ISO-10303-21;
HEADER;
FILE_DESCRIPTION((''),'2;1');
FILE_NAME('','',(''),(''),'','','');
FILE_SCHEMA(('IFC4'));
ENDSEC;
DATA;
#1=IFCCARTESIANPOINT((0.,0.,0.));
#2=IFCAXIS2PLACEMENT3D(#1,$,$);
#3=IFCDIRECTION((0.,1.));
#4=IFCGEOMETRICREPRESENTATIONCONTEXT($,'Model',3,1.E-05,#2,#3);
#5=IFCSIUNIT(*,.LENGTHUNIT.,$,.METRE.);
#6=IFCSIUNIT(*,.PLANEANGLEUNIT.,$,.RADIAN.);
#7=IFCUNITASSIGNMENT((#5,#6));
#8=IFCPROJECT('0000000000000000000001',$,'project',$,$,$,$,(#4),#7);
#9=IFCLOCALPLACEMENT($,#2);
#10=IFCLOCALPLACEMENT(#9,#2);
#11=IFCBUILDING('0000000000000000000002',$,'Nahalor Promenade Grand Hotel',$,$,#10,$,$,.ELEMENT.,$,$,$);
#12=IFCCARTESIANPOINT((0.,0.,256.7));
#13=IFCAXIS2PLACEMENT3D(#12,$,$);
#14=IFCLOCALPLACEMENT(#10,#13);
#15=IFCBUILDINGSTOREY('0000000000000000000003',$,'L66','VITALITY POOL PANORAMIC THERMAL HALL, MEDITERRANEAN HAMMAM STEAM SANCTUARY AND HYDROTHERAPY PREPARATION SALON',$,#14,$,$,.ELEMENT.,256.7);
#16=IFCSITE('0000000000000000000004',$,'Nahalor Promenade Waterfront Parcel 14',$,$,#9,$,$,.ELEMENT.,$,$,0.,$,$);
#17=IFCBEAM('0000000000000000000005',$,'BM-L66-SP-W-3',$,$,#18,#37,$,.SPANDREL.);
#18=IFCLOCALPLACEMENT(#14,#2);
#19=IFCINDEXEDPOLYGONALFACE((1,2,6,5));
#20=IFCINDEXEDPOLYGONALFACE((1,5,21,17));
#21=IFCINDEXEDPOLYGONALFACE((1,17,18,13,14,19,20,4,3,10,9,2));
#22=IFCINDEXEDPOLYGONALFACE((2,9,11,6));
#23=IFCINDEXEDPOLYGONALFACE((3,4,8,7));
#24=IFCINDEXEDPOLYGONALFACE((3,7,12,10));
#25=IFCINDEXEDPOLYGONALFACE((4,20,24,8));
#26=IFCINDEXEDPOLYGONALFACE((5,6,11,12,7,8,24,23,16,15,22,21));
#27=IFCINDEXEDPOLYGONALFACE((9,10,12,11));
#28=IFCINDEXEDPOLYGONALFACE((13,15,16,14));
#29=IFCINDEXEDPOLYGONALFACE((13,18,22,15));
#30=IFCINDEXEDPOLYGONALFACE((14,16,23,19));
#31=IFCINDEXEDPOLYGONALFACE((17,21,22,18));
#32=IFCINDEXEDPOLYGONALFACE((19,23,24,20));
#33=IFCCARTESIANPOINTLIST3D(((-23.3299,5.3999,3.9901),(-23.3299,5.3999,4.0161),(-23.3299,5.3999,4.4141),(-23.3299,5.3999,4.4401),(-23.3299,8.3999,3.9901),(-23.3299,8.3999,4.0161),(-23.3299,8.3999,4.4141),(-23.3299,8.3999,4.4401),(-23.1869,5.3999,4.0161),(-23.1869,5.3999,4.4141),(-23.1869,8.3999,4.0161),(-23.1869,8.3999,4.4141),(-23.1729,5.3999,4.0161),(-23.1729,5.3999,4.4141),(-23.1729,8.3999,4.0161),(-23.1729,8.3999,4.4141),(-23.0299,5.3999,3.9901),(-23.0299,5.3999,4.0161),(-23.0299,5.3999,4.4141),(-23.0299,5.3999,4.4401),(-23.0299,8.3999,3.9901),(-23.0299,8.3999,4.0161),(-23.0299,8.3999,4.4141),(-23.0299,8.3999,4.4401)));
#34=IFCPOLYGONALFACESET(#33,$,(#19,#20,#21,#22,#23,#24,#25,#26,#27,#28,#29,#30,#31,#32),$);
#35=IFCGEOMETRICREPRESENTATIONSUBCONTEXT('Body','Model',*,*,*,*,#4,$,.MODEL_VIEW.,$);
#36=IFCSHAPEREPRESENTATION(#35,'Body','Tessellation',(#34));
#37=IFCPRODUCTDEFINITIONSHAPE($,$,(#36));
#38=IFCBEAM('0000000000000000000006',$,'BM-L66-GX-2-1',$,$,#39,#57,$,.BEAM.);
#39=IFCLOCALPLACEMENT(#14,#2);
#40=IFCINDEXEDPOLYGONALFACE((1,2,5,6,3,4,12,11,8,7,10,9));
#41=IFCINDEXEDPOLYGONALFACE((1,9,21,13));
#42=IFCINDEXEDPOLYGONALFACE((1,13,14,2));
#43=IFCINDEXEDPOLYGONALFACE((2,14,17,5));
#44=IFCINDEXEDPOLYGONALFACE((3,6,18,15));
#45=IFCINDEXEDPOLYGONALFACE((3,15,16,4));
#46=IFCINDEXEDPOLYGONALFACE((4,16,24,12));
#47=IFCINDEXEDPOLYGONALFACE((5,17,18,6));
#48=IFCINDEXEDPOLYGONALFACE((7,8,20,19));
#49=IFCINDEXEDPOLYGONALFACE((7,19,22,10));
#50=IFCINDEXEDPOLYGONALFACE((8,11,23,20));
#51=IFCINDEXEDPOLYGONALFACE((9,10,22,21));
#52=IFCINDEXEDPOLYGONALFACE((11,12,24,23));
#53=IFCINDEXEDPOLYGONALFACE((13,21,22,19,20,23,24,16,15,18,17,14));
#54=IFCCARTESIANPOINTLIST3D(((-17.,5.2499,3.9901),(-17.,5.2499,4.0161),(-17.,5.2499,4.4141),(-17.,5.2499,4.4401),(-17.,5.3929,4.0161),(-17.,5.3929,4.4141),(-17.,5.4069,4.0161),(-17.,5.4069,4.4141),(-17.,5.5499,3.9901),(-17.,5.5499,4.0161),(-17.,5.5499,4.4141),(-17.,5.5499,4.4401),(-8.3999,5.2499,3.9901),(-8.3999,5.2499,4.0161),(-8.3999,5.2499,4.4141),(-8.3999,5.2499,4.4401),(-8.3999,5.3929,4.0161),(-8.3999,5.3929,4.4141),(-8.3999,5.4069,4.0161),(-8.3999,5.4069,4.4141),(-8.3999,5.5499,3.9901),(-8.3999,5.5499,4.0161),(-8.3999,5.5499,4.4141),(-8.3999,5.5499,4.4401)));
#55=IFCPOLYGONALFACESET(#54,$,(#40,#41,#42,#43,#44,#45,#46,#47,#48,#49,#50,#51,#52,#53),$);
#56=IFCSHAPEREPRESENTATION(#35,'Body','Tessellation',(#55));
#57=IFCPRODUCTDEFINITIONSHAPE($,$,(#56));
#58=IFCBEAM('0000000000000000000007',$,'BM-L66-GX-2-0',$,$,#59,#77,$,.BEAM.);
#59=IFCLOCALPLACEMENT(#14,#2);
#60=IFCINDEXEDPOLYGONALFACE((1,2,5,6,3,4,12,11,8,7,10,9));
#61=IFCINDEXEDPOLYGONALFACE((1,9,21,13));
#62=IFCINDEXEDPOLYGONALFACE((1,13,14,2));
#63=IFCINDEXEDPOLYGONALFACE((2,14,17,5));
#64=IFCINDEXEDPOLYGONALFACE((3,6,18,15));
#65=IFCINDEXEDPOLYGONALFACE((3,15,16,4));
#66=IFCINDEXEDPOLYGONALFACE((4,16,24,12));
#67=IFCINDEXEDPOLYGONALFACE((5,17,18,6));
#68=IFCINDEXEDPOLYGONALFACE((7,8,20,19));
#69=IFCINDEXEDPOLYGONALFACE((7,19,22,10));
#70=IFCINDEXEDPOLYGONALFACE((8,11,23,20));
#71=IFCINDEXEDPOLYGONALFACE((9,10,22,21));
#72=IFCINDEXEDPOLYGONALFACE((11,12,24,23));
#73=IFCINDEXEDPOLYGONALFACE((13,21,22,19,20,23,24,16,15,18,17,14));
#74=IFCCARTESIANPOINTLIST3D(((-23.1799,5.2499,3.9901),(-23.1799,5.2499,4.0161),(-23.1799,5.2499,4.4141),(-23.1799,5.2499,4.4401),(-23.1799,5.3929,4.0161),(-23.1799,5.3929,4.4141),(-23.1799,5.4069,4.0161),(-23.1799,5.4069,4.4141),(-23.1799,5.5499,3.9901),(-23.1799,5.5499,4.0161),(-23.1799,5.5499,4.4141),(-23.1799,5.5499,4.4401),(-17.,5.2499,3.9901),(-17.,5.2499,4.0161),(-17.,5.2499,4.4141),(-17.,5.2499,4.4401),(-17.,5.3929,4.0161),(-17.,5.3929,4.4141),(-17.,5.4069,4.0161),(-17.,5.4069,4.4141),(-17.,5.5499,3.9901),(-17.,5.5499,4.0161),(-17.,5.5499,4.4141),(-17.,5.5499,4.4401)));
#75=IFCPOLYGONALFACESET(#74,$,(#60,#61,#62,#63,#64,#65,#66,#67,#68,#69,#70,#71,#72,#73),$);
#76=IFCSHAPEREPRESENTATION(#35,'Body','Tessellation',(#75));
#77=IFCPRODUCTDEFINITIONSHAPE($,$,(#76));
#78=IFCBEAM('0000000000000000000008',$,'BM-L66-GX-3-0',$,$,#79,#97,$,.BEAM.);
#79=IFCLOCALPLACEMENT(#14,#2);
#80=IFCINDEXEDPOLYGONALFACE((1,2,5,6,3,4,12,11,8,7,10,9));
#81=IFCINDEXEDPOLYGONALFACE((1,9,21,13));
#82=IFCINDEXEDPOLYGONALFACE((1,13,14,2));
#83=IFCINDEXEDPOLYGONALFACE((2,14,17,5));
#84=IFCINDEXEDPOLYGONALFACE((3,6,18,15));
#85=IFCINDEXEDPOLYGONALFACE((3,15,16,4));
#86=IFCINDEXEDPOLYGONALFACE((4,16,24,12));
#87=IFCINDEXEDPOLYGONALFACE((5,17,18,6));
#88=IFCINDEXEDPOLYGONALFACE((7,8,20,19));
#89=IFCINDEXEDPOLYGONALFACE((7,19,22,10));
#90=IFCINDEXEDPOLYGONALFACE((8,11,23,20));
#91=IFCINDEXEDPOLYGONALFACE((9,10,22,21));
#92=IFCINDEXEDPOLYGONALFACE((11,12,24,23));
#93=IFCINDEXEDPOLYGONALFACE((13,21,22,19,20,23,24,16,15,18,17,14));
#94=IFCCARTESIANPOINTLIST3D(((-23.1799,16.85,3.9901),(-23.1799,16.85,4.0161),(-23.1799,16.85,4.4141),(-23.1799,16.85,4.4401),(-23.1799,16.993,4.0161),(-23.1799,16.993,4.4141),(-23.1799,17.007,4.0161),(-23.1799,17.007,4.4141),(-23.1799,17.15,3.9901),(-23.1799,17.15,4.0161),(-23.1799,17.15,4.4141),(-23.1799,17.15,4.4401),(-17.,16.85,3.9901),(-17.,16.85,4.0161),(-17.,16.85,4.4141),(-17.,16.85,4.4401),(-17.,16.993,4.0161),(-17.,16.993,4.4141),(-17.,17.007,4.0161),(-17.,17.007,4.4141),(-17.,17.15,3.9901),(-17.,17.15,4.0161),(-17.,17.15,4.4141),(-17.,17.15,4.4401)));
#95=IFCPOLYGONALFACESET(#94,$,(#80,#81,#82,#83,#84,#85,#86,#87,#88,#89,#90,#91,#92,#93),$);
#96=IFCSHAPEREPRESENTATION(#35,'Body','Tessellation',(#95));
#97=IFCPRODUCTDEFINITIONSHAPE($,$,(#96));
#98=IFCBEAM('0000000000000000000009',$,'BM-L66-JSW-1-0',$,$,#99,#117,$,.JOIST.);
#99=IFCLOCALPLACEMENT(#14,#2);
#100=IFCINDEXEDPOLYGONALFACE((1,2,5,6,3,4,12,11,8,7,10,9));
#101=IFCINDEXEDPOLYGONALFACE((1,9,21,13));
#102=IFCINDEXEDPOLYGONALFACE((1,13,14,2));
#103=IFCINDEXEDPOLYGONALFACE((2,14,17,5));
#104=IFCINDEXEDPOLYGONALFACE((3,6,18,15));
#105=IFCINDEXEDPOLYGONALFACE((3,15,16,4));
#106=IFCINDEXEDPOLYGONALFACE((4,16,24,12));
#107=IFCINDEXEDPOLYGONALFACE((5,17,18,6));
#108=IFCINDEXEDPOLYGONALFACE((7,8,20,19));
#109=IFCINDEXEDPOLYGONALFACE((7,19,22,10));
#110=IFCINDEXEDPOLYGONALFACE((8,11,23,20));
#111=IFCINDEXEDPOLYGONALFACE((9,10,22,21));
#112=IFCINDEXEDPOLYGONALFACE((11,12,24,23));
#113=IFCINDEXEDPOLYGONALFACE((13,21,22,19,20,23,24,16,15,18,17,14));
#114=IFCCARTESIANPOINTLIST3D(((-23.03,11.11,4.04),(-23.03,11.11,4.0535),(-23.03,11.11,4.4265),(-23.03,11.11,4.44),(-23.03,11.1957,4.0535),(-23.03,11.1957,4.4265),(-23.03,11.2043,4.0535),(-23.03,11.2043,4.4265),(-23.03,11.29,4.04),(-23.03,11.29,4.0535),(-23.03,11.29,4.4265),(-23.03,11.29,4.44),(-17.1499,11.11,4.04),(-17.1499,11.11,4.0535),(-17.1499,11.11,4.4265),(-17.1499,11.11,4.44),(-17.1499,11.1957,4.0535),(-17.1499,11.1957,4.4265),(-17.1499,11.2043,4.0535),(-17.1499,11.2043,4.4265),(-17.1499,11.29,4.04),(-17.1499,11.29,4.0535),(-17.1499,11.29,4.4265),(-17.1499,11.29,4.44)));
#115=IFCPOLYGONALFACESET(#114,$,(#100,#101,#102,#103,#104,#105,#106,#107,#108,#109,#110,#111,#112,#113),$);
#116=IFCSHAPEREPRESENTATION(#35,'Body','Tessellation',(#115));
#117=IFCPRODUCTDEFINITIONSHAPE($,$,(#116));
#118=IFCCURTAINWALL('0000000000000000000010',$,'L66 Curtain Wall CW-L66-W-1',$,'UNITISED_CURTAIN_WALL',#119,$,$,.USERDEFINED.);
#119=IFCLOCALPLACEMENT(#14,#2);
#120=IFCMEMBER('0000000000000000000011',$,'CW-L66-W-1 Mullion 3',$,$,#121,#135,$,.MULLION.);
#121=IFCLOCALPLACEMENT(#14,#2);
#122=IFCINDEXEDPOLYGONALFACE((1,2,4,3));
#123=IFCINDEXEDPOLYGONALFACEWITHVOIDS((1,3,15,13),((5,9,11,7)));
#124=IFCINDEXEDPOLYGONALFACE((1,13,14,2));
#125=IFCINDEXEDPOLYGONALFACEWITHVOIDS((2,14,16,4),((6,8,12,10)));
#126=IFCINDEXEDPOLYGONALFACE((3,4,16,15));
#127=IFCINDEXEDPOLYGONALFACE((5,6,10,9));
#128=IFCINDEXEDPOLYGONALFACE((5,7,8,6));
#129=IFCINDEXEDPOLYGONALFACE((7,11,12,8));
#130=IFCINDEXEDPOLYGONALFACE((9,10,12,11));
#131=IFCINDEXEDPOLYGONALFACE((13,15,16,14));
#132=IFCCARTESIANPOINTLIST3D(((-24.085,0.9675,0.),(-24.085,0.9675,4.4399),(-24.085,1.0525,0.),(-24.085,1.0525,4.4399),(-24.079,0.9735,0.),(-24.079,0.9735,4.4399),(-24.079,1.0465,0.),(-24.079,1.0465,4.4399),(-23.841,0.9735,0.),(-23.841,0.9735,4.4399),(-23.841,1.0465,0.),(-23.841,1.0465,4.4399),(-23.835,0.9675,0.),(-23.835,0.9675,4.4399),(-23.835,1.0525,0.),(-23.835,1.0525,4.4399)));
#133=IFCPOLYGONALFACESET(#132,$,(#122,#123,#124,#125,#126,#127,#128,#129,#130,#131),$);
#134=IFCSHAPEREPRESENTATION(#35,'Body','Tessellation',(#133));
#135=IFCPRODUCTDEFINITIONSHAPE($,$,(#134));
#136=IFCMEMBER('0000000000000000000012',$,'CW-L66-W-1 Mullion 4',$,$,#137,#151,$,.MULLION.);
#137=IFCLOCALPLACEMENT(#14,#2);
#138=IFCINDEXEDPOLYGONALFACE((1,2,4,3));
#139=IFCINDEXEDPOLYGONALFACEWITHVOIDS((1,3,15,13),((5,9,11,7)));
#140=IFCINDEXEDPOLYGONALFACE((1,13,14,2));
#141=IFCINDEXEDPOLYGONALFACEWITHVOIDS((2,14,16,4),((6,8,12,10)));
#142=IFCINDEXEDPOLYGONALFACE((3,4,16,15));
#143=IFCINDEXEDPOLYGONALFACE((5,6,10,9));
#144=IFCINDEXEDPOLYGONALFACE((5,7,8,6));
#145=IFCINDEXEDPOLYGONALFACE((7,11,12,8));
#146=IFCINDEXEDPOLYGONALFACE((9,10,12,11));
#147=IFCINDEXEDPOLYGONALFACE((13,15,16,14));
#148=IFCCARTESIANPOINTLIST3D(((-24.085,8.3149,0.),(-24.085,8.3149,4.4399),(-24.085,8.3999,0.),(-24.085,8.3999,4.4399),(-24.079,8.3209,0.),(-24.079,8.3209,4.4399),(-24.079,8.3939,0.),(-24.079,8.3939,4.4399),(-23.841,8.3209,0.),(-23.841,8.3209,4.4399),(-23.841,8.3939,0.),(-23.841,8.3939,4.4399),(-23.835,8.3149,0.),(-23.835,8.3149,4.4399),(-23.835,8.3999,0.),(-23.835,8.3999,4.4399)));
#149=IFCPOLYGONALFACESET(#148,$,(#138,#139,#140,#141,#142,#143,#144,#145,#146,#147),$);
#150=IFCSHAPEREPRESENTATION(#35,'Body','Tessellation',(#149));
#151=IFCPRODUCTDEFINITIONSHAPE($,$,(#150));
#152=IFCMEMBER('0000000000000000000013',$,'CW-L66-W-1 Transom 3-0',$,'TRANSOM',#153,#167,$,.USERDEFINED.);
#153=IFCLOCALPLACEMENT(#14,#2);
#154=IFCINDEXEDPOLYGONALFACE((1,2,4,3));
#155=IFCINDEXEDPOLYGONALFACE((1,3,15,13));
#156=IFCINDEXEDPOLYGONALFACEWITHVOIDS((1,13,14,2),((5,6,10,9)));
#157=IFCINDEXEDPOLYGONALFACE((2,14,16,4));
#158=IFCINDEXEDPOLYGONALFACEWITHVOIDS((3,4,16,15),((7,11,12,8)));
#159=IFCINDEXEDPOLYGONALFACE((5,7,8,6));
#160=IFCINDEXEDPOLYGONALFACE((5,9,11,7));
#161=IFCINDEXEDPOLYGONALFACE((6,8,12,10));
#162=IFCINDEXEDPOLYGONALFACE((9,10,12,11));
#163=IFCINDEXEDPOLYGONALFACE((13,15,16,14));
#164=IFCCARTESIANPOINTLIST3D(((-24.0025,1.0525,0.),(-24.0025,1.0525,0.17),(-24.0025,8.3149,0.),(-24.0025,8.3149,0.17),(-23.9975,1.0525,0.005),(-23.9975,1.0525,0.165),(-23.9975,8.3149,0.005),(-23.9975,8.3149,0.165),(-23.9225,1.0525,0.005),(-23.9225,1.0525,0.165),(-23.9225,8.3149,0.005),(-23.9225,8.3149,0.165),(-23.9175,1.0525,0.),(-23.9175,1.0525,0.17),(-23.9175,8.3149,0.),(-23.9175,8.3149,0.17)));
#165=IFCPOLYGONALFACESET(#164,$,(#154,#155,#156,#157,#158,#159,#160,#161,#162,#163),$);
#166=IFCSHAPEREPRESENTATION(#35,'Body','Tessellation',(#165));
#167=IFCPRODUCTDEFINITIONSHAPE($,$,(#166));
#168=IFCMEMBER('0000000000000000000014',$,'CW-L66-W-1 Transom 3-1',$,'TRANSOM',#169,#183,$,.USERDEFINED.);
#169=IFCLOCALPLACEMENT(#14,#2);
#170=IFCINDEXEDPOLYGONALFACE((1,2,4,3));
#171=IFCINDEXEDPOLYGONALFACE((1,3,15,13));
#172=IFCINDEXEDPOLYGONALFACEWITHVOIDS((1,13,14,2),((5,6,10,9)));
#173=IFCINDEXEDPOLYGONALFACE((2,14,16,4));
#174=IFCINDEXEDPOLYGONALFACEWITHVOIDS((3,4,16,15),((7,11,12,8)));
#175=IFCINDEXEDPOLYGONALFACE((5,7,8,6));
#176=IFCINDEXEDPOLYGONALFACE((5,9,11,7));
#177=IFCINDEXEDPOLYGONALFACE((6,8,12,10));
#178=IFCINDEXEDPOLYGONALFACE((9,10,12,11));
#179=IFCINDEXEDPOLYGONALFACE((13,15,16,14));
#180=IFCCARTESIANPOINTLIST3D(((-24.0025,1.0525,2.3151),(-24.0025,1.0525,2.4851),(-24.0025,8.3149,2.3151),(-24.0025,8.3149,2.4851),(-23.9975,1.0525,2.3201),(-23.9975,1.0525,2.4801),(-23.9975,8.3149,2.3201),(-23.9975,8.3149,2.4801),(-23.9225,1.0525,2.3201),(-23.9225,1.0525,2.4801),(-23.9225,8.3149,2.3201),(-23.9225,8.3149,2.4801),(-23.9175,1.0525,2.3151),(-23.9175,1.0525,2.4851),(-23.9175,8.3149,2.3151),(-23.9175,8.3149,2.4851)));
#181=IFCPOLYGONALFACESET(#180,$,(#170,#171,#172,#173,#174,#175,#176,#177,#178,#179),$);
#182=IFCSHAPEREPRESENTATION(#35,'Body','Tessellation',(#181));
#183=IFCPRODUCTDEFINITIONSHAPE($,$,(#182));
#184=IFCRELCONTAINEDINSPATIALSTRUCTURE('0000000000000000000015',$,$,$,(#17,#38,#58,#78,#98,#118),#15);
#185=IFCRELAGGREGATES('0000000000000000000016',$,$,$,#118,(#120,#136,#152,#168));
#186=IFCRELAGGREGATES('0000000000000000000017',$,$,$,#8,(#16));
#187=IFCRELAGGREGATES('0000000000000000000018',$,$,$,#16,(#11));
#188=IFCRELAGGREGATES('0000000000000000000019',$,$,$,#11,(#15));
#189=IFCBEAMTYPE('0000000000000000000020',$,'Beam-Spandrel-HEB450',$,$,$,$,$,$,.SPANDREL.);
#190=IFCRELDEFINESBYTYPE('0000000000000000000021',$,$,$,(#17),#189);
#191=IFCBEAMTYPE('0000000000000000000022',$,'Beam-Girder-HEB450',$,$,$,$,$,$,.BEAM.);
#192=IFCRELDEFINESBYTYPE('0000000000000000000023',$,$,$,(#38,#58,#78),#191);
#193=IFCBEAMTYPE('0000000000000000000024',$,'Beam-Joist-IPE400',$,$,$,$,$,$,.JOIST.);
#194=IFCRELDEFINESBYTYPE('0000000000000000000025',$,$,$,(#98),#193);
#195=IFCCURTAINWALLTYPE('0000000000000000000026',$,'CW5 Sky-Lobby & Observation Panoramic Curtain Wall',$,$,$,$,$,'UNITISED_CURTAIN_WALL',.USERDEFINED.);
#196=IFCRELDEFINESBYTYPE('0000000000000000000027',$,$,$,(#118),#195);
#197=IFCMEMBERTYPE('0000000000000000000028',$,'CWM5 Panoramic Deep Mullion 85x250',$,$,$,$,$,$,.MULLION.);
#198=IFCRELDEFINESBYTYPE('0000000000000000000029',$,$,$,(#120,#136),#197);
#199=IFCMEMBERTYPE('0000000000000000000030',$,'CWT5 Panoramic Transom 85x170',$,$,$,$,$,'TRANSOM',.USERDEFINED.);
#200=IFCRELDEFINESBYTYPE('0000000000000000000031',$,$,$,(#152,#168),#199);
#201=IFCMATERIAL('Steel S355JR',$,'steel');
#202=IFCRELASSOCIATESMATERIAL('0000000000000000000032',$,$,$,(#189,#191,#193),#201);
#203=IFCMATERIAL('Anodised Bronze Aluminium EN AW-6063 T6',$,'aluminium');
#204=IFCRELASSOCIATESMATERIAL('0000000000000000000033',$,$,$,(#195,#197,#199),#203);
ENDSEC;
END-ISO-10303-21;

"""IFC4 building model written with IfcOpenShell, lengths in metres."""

from ifc_helpers import new_model, si_unit, direction, frame, origin, origin_2d, place, context, subcontext, project, spatial, hollow_rectangle, i_section, extrude, source, transform, mapped, material, material_profile, profile_set, type_object, element, aggregate, save


model = new_model("IFC4")

# Units and contexts
model_context = context("Model", 3, precision=1e-05, world=origin(), true_north=direction((0.0, 1.0)))
body_context = subcontext(model_context, "Body", "Model", "MODEL_VIEW")
ifc_project = project(units=[si_unit("LENGTHUNIT", "METRE"), si_unit("PLANEANGLEUNIT", "RADIAN")], contexts=[model_context])

# Site, building, storey
site_placement = place(None, origin())
site = spatial("IfcSite", under=ifc_project, at=site_placement, Name="Nahalor Promenade Waterfront Parcel 14", CompositionType="ELEMENT", RefElevation=0.0)
building_placement = place(site_placement, origin())
building = spatial("IfcBuilding", under=site, at=building_placement, Name="Nahalor Promenade Grand Hotel", CompositionType="ELEMENT")
storey_placement = place(building_placement, frame((0.0, 0.0, 256.7)))
storey = spatial("IfcBuildingStorey", under=building, at=storey_placement, Name="L66", Description="VITALITY POOL PANORAMIC THERMAL HALL, MEDITERRANEAN HAMMAM STEAM SANCTUARY AND HYDROTHERAPY PREPARATION SALON", CompositionType="ELEMENT", Elevation=256.7)

# Shared definitions
ifc_material_1 = material(Name="Steel S355JR", Category="steel")

# Beams
ifc_material_profile_1 = material_profile(ifc_material_1, i_section(OverallWidth=0.3, OverallDepth=0.45, WebThickness=0.014, FlangeThickness=0.026, at=origin_2d()), Name="HEB 450")
ifc_profile_set_1 = profile_set([ifc_material_profile_1], Name="Steel S355JR")
beam_type_1 = type_object("IfcBeamType", Name="Beam-Spandrel-HEB450", PredefinedType="SPANDREL", material=ifc_profile_set_1)
shared_shape_1 = source(origin(), body_context, "Body", "SweptSolid", [
    extrude(i_section(OverallWidth=0.3, OverallDepth=0.45, WebThickness=0.014, FlangeThickness=0.026, at=origin_2d()), origin(), (0.0, 0.0, 1.0), 3.0),
])
beam_1_placement = place(storey_placement, frame((-23.1799, 5.3999, 4.2151), z_axis=(0.0, 1.0, 0.0), x_axis=(-1.0, 0.0, 0.0)))
element("IfcBeam", 1, at=beam_1_placement, inside=storey, type_object=beam_type_1, Name="BM-L66-SP-W-3", PredefinedType="SPANDREL", context=body_context, shape_type="MappedRepresentation", body=[
    mapped(shared_shape_1, transform((0.0, 0.0, 0.0), scale=1.0)),
])
ifc_material_profile_2 = material_profile(ifc_material_1, i_section(OverallWidth=0.3, OverallDepth=0.45, WebThickness=0.014, FlangeThickness=0.026, at=origin_2d()), Name="HEB 450")
ifc_profile_set_2 = profile_set([ifc_material_profile_2], Name="Steel S355JR")
beam_type_2 = type_object("IfcBeamType", Name="Beam-Girder-HEB450", PredefinedType="BEAM", material=ifc_profile_set_2)
shared_shape_2 = source(origin(), body_context, "Body", "SweptSolid", [
    extrude(i_section(OverallWidth=0.3, OverallDepth=0.45, WebThickness=0.014, FlangeThickness=0.026, at=origin_2d()), origin(), (0.0, 0.0, 1.0), 8.6001),
])
beam_2_placement = place(storey_placement, frame((-17.0, 5.3999, 4.2151), z_axis=(1.0, 0.0, 0.0), x_axis=(0.0, 1.0, 0.0)))
element("IfcBeam", 2, at=beam_2_placement, inside=storey, type_object=beam_type_2, Name="BM-L66-GX-2-1", PredefinedType="BEAM", context=body_context, shape_type="MappedRepresentation", body=[
    mapped(shared_shape_2, transform((0.0, 0.0, 0.0), scale=1.0)),
])
shared_shape_3 = source(origin(), body_context, "Body", "SweptSolid", [
    extrude(i_section(OverallWidth=0.3, OverallDepth=0.45, WebThickness=0.014, FlangeThickness=0.026, at=origin_2d()), origin(), (0.0, 0.0, 1.0), 6.1799),
])
for number, where, z_axis, x_axis, name in (
    (3, (-23.1799, 5.3999, 4.2151), (1.0, 0.0, 0.0), (0.0, 1.0, 0.0), "BM-L66-GX-2-0"),
    (4, (-23.1799, 17.0, 4.2151), (1.0, 0.0, 0.0), (0.0, 1.0, 0.0), "BM-L66-GX-3-0"),
):
    element("IfcBeam", number, at=place(storey_placement, frame(where, z_axis=z_axis, x_axis=x_axis)), inside=storey, type_object=beam_type_2, Name=name, PredefinedType="BEAM", context=body_context, shape_type="MappedRepresentation", body=[
        mapped(shared_shape_3, transform((0.0, 0.0, 0.0), scale=1.0)),
    ])
ifc_material_profile_3 = material_profile(ifc_material_1, i_section(OverallWidth=0.18, OverallDepth=0.4, WebThickness=0.0086, FlangeThickness=0.0135, at=origin_2d()), Name="IPE 400")
ifc_profile_set_3 = profile_set([ifc_material_profile_3], Name="Steel S355JR")
beam_type_3 = type_object("IfcBeamType", Name="Beam-Joist-IPE400", PredefinedType="JOIST", material=ifc_profile_set_3)
shared_shape_4 = source(origin(), body_context, "Body", "SweptSolid", [
    extrude(i_section(OverallWidth=0.18, OverallDepth=0.4, WebThickness=0.0086, FlangeThickness=0.0135, at=origin_2d()), origin(), (0.0, 0.0, 1.0), 5.8801),
])
beam_3_placement = place(storey_placement, frame((-23.03, 11.2, 4.24), z_axis=(1.0, 0.0, 0.0), x_axis=(0.0, 1.0, 0.0)))
element("IfcBeam", 5, at=beam_3_placement, inside=storey, type_object=beam_type_3, Name="BM-L66-JSW-1-0", PredefinedType="JOIST", context=body_context, shape_type="MappedRepresentation", body=[
    mapped(shared_shape_4, transform((0.0, 0.0, 0.0), scale=1.0)),
])

# Curtain wall, members
ifc_material_2 = material(Name="Anodised Bronze Aluminium EN AW-6063 T6", Category="aluminium")
curtain_wall_type = type_object("IfcCurtainWallType", Name="CW5 Sky-Lobby & Observation Panoramic Curtain Wall", ElementType="UNITISED_CURTAIN_WALL", PredefinedType="USERDEFINED", material=ifc_material_2)
curtain_wall_placement = place(storey_placement, origin())
curtain_wall = element("IfcCurtainWall", 6, at=curtain_wall_placement, inside=storey, type_object=curtain_wall_type, Name="L66 Curtain Wall CW-L66-W-1", ObjectType="UNITISED_CURTAIN_WALL", PredefinedType="USERDEFINED")
ifc_material_profile_4 = material_profile(ifc_material_2, hollow_rectangle(XDim=0.085, YDim=0.25, WallThickness=0.006, at=origin_2d()), Name="CWM 85x250x6")
ifc_profile_set_4 = profile_set([ifc_material_profile_4], Name="Anodised Bronze Aluminium EN AW-6063 T6")
member_type_1 = type_object("IfcMemberType", Name="CWM5 Panoramic Deep Mullion 85x250", PredefinedType="MULLION", material=ifc_profile_set_4)
shared_shape_5 = source(origin(), body_context, "Body", "SweptSolid", [
    extrude(hollow_rectangle(XDim=0.085, YDim=0.25, WallThickness=0.006, at=origin_2d()), origin(), (0.0, 0.0, 1.0), 4.4399),
])
member_1_placement = place(storey_placement, frame((-23.96, 1.01, 0.0), z_axis=(0.0, 0.0, 1.0), x_axis=(0.0, 1.0, 0.0)))
member_1 = element("IfcMember", 7, at=member_1_placement, type_object=member_type_1, Name="CW-L66-W-1 Mullion 3", PredefinedType="MULLION", context=body_context, shape_type="MappedRepresentation", body=[
    mapped(shared_shape_5, transform((0.0, 0.0, 0.0), scale=1.0)),
])
member_2_placement = place(storey_placement, frame((-23.96, 8.3574, 0.0), z_axis=(0.0, 0.0, 1.0), x_axis=(0.0, 1.0, 0.0)))
member_2 = element("IfcMember", 8, at=member_2_placement, type_object=member_type_1, Name="CW-L66-W-1 Mullion 4", PredefinedType="MULLION", context=body_context, shape_type="MappedRepresentation", body=[
    mapped(shared_shape_5, transform((0.0, 0.0, 0.0), scale=1.0)),
])
ifc_material_profile_5 = material_profile(ifc_material_2, hollow_rectangle(XDim=0.085, YDim=0.17, WallThickness=0.005, at=origin_2d()), Name="CWT 85x170x5")
ifc_profile_set_5 = profile_set([ifc_material_profile_5], Name="Anodised Bronze Aluminium EN AW-6063 T6")
member_type_2 = type_object("IfcMemberType", Name="CWT5 Panoramic Transom 85x170", ElementType="TRANSOM", PredefinedType="USERDEFINED", material=ifc_profile_set_5)
shared_shape_6 = source(origin(), body_context, "Body", "SweptSolid", [
    extrude(hollow_rectangle(XDim=0.085, YDim=0.17, WallThickness=0.005, at=origin_2d()), origin(), (0.0, 0.0, 1.0), 7.2625),
])
member_3_placement = place(storey_placement, frame((-23.96, 1.0525, 0.085), z_axis=(0.0, 1.0, 0.0), x_axis=(-1.0, 0.0, 0.0)))
member_3 = element("IfcMember", 9, at=member_3_placement, type_object=member_type_2, Name="CW-L66-W-1 Transom 3-0", ObjectType="TRANSOM", PredefinedType="USERDEFINED", context=body_context, shape_type="MappedRepresentation", body=[
    mapped(shared_shape_6, transform((0.0, 0.0, 0.0), scale=1.0)),
])
member_4_placement = place(storey_placement, frame((-23.96, 1.0525, 2.4001), z_axis=(0.0, 1.0, 0.0), x_axis=(-1.0, 0.0, 0.0)))
member_4 = element("IfcMember", 10, at=member_4_placement, type_object=member_type_2, Name="CW-L66-W-1 Transom 3-1", ObjectType="TRANSOM", PredefinedType="USERDEFINED", context=body_context, shape_type="MappedRepresentation", body=[
    mapped(shared_shape_6, transform((0.0, 0.0, 0.0), scale=1.0)),
])
aggregate(curtain_wall, [member_1, member_2, member_3, member_4])

save(model, "model.ifc")
